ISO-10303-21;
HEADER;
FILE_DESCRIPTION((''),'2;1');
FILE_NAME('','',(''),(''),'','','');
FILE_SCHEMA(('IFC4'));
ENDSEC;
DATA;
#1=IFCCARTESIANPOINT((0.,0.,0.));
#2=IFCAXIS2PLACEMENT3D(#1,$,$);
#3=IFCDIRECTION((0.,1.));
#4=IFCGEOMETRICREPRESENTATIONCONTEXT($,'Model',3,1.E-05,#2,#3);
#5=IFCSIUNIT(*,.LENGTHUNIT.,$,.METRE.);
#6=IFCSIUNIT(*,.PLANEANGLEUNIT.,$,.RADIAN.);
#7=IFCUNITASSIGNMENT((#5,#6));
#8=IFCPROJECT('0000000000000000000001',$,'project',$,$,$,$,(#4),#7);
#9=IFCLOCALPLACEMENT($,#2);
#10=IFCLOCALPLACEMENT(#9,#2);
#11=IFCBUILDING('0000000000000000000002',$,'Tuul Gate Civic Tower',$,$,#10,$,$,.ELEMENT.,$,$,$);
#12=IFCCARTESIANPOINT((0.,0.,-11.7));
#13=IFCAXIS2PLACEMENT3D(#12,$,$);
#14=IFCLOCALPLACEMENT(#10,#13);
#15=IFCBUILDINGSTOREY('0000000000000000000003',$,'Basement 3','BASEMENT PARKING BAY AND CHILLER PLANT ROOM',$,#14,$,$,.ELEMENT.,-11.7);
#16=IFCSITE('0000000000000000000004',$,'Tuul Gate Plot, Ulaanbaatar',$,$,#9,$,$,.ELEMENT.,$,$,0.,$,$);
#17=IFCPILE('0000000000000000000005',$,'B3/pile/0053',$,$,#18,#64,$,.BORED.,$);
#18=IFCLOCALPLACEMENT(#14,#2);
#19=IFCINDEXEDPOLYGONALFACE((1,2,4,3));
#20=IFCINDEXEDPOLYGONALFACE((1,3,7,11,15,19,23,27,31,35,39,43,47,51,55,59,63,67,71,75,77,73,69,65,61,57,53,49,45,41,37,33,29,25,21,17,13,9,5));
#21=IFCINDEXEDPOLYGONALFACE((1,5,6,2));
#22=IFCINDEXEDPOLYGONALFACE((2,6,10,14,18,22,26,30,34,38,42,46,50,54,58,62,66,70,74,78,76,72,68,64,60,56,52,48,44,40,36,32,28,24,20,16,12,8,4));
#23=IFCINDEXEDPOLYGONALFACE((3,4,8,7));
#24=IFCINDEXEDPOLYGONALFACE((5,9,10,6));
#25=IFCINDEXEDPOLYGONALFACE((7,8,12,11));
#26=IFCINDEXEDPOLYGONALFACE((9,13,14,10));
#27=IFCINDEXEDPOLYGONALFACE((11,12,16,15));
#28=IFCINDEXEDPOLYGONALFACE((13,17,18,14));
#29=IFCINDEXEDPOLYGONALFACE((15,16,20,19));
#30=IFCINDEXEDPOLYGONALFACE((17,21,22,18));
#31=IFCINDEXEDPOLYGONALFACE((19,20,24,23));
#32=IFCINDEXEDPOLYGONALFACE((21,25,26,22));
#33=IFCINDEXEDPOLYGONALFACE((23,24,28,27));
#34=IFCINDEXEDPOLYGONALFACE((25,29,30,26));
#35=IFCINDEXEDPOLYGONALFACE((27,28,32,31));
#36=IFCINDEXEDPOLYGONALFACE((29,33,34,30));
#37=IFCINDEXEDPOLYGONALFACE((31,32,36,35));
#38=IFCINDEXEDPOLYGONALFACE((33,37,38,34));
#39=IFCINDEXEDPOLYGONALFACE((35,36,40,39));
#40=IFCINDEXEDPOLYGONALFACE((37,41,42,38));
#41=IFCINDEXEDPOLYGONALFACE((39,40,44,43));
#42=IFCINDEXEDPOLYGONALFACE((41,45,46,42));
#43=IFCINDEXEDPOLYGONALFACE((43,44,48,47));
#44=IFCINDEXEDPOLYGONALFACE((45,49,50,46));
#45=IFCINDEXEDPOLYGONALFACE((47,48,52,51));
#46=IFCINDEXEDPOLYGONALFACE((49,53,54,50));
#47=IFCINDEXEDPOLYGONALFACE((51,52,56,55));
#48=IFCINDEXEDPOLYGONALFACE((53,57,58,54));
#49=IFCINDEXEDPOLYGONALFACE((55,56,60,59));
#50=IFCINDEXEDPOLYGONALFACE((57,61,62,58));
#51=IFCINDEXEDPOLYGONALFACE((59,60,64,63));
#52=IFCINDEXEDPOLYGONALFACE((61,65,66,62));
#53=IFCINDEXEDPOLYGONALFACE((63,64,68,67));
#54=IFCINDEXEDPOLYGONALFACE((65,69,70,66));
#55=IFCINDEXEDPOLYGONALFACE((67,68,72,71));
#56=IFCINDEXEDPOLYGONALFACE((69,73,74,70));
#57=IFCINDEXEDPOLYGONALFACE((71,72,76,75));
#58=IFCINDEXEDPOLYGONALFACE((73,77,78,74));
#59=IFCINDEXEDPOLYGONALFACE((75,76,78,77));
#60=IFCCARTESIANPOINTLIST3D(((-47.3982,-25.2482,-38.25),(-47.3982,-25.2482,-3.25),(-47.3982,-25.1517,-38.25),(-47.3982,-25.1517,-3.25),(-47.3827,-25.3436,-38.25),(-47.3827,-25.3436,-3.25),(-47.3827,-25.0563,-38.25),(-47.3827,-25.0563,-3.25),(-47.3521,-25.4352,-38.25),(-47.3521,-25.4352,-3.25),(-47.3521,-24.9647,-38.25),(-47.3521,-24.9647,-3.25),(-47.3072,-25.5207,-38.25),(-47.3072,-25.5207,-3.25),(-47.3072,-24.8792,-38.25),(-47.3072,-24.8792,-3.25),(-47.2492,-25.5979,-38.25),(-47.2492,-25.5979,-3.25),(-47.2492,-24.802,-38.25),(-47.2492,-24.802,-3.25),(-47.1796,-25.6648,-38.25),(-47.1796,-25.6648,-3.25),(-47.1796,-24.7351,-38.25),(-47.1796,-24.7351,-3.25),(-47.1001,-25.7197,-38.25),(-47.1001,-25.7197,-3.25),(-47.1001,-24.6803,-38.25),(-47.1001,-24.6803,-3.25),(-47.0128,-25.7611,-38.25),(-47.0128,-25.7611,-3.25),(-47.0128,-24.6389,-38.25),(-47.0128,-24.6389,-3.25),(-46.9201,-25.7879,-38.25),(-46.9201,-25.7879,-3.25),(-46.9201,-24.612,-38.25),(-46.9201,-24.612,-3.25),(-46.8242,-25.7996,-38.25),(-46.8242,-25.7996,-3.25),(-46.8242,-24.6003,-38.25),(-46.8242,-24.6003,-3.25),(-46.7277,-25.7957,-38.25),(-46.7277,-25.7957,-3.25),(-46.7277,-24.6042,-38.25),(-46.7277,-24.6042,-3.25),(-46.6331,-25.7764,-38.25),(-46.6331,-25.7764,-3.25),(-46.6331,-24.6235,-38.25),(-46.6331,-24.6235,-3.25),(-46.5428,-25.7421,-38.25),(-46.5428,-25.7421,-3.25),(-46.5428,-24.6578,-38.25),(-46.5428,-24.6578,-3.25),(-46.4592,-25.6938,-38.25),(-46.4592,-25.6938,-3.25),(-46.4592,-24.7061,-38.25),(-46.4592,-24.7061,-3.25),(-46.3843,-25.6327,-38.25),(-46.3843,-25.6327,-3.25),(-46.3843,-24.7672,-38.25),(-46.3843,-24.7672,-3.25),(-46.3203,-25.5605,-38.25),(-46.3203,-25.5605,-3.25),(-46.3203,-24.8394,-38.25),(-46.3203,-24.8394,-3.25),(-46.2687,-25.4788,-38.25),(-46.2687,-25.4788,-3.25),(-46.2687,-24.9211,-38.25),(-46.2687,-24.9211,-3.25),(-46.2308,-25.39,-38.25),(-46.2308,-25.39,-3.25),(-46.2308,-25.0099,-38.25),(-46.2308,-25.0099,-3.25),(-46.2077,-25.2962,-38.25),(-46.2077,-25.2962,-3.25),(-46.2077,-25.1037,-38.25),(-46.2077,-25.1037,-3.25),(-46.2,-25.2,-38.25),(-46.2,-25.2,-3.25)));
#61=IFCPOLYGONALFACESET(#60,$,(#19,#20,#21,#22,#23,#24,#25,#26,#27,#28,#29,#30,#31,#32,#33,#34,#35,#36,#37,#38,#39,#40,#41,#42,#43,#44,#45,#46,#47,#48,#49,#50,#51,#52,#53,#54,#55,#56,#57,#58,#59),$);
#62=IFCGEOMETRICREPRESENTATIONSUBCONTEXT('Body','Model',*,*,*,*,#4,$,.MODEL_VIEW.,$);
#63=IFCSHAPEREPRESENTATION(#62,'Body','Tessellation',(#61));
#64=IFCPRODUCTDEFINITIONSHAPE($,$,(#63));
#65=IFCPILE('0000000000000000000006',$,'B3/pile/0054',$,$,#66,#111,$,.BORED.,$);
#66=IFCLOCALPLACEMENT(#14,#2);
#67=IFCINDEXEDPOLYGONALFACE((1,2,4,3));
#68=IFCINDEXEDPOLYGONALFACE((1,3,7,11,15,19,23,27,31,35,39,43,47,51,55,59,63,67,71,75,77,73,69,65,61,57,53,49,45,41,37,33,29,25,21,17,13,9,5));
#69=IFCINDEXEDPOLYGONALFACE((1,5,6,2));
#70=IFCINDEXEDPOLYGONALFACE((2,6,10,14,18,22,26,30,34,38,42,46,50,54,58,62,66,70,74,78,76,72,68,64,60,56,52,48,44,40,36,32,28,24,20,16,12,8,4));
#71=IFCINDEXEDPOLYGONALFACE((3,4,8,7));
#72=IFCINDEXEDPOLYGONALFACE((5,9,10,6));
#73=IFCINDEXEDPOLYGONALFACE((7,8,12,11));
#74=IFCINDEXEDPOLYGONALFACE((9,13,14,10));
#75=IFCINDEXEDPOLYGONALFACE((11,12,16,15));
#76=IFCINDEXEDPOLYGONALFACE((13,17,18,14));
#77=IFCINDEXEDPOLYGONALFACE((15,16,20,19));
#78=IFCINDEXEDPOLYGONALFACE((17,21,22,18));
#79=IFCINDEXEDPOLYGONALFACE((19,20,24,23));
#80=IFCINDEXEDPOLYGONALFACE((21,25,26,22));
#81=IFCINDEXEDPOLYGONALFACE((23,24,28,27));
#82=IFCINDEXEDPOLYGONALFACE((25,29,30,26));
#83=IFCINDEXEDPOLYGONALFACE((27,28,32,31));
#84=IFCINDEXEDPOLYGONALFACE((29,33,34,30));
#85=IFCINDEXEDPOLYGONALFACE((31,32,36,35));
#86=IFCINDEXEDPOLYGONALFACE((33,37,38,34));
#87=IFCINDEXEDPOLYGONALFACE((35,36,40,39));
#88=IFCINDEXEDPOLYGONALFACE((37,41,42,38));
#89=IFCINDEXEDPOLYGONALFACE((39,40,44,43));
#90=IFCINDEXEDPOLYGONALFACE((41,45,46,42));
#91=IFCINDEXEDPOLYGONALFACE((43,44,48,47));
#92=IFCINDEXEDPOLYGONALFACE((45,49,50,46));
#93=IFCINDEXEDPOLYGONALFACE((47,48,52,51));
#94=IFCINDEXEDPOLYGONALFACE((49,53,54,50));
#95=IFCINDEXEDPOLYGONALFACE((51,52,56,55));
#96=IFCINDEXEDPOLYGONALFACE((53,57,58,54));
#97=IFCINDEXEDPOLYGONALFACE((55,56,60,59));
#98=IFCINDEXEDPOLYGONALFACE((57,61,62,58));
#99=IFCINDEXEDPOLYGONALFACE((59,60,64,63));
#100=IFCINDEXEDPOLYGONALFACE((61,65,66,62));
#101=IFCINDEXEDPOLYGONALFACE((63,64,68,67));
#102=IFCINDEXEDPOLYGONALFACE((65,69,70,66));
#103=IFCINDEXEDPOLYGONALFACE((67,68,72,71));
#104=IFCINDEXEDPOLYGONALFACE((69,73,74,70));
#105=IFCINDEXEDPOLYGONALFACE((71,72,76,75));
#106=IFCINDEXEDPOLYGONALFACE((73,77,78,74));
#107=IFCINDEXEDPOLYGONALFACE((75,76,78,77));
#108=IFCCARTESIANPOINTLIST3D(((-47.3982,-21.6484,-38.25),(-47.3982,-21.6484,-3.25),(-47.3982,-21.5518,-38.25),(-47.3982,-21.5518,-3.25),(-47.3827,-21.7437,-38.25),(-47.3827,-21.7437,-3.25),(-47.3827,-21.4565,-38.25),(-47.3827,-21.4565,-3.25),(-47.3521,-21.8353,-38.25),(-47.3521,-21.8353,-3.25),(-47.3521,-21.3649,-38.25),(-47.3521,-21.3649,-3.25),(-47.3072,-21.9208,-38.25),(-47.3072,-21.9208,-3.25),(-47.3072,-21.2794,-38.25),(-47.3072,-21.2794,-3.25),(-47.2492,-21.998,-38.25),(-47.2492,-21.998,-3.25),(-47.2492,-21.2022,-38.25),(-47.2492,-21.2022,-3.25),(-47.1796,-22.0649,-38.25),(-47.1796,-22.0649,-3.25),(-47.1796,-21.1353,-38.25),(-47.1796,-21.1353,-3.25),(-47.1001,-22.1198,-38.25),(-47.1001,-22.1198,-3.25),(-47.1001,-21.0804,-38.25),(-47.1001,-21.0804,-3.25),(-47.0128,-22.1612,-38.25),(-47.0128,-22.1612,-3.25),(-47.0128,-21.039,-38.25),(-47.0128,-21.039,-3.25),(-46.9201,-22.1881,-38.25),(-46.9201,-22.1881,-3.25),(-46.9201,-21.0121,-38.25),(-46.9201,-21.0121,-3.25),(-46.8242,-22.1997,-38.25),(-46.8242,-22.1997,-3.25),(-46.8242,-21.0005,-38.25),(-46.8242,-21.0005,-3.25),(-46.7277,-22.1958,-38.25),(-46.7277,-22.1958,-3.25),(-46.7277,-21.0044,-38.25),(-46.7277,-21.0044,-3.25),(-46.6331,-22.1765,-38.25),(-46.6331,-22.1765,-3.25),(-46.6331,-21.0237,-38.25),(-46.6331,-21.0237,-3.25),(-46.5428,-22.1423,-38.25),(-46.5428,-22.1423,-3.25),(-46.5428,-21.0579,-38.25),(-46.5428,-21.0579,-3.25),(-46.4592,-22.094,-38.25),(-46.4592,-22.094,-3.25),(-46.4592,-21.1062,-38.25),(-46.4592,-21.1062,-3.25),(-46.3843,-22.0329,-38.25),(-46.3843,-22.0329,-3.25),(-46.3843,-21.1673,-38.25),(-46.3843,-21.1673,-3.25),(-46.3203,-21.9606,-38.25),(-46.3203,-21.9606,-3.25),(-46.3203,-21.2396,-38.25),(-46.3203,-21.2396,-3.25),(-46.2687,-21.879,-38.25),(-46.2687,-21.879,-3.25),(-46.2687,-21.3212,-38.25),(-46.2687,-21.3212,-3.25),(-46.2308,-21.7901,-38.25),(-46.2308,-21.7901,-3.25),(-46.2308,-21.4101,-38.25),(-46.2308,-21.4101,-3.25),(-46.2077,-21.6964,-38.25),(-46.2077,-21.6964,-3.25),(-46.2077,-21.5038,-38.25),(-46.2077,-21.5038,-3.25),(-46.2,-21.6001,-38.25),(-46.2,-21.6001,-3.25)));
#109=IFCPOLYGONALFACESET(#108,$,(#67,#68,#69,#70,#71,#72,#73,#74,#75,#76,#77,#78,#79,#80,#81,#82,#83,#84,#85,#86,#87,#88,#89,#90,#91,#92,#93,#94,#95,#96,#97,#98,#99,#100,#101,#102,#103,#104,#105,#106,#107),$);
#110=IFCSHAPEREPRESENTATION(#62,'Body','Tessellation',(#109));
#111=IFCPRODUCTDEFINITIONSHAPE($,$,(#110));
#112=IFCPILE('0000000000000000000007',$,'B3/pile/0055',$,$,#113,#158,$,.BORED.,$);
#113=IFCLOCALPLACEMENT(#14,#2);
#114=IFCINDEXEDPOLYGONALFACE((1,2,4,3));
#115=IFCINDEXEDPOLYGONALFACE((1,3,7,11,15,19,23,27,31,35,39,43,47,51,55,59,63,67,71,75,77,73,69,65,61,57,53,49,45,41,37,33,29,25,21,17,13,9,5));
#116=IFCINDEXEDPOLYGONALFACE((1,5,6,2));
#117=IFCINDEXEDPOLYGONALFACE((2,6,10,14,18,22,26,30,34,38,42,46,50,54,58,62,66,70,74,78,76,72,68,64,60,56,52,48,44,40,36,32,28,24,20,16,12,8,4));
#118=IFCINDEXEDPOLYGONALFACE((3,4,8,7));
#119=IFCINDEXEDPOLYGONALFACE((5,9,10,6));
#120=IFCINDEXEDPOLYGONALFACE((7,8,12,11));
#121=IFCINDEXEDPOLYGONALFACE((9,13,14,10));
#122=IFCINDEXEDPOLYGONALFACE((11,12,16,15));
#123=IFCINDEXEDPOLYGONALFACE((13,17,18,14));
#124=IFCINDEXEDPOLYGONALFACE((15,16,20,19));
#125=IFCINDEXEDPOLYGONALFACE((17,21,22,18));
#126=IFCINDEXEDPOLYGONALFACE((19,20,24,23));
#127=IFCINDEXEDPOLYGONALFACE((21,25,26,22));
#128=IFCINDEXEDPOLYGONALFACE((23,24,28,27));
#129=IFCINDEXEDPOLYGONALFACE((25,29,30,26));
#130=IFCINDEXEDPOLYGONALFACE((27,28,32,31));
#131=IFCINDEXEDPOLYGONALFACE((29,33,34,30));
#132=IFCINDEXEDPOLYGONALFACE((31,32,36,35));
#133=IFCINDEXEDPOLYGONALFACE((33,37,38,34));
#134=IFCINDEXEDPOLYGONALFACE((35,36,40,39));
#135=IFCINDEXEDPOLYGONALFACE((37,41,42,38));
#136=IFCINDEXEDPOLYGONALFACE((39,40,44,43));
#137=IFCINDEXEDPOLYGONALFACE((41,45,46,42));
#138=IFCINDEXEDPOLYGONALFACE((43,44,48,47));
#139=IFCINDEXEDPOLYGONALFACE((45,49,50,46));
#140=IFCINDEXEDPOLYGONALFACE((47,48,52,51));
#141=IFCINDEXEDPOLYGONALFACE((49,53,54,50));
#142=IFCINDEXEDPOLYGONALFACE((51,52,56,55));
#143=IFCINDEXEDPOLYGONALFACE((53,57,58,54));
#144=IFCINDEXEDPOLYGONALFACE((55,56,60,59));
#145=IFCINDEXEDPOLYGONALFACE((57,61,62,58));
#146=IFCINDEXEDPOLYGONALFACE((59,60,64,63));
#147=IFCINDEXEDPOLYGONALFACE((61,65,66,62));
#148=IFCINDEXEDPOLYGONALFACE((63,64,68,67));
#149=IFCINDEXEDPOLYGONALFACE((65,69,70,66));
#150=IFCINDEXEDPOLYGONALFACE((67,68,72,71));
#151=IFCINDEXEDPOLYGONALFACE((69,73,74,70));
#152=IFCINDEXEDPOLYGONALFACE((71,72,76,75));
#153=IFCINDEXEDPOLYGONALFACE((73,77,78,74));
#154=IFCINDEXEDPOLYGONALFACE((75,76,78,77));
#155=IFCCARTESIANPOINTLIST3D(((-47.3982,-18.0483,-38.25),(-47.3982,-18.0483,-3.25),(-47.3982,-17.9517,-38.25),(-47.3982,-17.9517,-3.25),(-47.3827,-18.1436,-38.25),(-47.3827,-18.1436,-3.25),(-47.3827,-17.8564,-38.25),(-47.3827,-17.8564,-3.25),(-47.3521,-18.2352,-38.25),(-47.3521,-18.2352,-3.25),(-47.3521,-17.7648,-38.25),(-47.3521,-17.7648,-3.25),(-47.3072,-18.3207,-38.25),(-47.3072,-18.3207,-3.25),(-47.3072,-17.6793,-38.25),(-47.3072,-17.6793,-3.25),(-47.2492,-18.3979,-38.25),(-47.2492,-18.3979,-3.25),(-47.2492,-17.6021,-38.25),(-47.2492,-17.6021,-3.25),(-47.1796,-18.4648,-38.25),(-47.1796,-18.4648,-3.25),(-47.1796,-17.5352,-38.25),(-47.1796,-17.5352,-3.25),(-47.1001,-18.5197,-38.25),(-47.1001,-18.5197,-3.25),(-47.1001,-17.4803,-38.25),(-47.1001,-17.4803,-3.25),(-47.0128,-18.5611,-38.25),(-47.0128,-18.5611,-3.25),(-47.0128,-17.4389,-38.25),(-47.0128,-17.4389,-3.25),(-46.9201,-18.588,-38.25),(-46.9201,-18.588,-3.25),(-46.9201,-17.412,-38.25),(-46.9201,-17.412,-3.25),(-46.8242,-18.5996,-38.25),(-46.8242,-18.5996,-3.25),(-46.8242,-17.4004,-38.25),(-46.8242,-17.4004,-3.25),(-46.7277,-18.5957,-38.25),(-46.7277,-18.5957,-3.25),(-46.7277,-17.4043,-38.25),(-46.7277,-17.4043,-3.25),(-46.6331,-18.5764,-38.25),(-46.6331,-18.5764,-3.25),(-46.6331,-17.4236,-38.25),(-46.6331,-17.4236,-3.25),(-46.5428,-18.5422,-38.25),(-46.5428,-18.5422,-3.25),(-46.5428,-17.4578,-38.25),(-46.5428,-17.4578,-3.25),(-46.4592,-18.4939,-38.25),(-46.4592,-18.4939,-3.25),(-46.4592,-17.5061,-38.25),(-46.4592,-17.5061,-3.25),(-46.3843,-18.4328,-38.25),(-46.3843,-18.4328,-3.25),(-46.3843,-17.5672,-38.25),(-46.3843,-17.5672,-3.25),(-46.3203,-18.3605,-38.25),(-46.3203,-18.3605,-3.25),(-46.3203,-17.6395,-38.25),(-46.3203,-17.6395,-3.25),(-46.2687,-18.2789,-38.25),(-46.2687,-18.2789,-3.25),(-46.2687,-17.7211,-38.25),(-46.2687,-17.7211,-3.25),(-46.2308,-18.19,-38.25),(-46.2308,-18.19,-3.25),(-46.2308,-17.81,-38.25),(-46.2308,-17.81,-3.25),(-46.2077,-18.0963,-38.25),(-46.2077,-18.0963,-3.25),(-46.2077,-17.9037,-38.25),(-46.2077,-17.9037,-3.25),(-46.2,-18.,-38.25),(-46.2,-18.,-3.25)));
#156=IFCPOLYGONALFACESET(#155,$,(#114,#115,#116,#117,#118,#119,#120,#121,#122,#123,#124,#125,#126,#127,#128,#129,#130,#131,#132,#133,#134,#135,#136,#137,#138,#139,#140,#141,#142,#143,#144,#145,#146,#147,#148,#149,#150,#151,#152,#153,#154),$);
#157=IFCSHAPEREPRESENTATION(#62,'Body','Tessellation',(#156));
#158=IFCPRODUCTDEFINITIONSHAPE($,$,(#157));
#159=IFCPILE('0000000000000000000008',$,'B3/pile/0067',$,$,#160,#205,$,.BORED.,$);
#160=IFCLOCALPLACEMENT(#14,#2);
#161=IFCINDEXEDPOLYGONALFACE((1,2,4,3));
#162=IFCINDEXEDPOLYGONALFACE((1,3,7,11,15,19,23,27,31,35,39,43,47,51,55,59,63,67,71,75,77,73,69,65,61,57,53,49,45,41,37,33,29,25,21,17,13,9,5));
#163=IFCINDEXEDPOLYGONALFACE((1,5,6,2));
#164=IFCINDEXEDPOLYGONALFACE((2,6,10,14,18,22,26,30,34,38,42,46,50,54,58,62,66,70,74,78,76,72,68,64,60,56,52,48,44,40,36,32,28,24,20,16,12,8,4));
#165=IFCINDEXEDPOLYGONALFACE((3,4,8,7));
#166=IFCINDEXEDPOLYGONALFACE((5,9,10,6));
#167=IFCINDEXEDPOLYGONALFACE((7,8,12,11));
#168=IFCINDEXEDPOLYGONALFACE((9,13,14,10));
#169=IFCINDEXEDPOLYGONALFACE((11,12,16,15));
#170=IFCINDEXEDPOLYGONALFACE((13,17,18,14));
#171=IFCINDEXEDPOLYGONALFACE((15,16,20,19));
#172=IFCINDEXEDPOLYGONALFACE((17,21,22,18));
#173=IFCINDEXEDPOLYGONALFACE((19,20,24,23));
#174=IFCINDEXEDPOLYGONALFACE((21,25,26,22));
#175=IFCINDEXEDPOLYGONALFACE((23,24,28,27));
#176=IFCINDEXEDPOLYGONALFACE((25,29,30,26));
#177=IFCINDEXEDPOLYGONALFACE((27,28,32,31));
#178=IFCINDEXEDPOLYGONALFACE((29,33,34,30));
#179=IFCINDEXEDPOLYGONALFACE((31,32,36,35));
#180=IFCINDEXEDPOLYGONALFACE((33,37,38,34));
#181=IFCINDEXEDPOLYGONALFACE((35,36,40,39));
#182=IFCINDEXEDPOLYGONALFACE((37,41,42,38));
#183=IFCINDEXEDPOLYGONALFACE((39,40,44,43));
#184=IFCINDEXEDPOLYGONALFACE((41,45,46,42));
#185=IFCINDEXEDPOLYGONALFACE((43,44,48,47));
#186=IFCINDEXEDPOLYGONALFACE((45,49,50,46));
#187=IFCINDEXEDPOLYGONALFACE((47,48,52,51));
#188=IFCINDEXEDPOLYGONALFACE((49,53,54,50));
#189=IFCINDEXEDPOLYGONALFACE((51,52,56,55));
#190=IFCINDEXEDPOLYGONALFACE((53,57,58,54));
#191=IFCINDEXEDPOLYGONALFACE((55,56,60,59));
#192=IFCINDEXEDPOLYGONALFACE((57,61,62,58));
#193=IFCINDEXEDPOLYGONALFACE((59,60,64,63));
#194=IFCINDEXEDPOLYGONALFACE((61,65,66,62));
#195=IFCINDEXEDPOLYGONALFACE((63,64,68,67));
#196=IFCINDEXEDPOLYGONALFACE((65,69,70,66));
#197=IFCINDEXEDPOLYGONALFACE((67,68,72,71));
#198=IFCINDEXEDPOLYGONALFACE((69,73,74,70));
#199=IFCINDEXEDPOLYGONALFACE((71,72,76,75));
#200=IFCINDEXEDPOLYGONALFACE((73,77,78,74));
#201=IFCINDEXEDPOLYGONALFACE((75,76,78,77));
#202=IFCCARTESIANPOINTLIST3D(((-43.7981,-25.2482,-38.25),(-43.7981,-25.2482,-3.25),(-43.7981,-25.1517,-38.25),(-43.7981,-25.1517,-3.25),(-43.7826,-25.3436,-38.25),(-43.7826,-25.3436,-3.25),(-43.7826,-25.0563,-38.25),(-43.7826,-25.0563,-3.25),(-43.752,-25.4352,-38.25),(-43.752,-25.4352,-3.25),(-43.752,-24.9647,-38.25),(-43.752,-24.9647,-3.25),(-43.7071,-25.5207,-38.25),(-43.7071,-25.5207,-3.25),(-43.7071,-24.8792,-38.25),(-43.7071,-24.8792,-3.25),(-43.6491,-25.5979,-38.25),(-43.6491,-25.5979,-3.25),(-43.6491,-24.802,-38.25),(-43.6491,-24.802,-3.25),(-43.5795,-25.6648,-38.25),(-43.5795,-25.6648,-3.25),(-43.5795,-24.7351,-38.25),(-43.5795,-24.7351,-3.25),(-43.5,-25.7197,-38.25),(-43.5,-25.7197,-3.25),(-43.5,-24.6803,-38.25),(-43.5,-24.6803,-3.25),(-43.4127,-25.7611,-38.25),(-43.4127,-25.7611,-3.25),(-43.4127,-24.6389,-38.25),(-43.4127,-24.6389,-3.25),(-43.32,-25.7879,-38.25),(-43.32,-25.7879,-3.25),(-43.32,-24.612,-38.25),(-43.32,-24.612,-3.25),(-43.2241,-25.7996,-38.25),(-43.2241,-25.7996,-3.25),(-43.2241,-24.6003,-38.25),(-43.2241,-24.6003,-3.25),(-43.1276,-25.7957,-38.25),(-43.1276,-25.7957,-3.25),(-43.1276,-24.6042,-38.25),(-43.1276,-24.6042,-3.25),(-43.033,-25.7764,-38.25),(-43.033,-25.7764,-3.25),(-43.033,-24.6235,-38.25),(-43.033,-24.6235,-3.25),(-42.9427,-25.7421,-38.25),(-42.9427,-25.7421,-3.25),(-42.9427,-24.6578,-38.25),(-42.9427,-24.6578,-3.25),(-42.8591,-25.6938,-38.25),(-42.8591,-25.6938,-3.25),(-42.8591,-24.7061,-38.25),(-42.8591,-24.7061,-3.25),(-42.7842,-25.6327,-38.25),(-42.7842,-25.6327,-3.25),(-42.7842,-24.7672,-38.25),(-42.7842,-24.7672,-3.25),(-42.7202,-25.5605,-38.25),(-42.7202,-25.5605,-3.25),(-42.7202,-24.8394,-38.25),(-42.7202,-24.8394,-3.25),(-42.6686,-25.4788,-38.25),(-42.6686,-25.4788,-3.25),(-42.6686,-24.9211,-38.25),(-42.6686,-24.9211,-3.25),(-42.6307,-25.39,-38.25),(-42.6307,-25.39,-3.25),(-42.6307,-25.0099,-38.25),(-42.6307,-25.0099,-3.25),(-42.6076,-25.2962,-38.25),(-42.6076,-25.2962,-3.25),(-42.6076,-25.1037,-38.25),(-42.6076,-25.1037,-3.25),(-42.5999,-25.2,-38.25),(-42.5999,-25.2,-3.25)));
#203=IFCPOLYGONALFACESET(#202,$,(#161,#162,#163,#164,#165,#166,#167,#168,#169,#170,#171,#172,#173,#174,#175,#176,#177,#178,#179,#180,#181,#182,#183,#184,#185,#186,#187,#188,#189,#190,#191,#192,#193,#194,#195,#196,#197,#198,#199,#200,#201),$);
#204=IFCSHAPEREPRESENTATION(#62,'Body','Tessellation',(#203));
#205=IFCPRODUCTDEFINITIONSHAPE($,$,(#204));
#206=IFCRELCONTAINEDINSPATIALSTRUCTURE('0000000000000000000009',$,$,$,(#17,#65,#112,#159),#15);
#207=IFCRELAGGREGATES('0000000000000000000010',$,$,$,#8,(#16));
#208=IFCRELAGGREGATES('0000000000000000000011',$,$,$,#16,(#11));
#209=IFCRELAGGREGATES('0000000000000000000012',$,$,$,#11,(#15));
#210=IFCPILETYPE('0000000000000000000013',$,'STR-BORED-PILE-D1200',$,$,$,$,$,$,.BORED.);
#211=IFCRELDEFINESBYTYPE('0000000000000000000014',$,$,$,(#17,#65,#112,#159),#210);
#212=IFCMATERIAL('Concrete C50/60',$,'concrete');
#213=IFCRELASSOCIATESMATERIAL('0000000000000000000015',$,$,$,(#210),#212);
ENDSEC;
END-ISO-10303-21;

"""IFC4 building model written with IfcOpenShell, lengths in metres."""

from ifc_helpers import new_model, si_unit, direction, frame, origin, origin_2d, place, context, subcontext, project, spatial, circle, extrude, material, material_profile, profile_set, type_object, element, save


model = new_model("IFC4")

# Units and contexts
model_context = context("Model", 3, precision=1e-05, world=origin(), true_north=direction((0.0, 1.0)))
body_context = subcontext(model_context, "Body", "Model", "MODEL_VIEW")
ifc_project = project(units=[si_unit("LENGTHUNIT", "METRE"), si_unit("PLANEANGLEUNIT", "RADIAN")], contexts=[model_context])

# Site, building, storey
site_placement = place(None, origin())
site = spatial("IfcSite", under=ifc_project, at=site_placement, Name="Tuul Gate Plot, Ulaanbaatar", CompositionType="ELEMENT", RefElevation=0.0)
building_placement = place(site_placement, origin())
building = spatial("IfcBuilding", under=site, at=building_placement, Name="Tuul Gate Civic Tower", CompositionType="ELEMENT")
storey_placement = place(building_placement, frame((0.0, 0.0, -11.7)))
storey = spatial("IfcBuildingStorey", under=building, at=storey_placement, Name="Basement 3", Description="BASEMENT PARKING BAY AND CHILLER PLANT ROOM", CompositionType="ELEMENT", Elevation=-11.7)

# Piles
ifc_material_1 = material(Name="Concrete C50/60", Category="concrete")
ifc_material_profile_1 = material_profile(ifc_material_1, circle(Radius=0.6001, at=origin_2d()), Name="PILE1200")
ifc_profile_set_1 = profile_set([ifc_material_profile_1], Name="Concrete C50/60")
pile_type = type_object("IfcPileType", Name="STR-BORED-PILE-D1200", PredefinedType="BORED", material=ifc_profile_set_1)
for number, where, z_axis, x_axis, name in (
    (1, (-46.8, -25.2, -3.25), (0.0, 0.0, -1.0), (1.0, 0.0, 0.0), "B3/pile/0053"),
    (2, (-46.8, -21.6001, -3.25), (0.0, 0.0, -1.0), (1.0, 0.0, 0.0), "B3/pile/0054"),
    (3, (-46.8, -18.0, -3.25), (0.0, 0.0, -1.0), (1.0, 0.0, 0.0), "B3/pile/0055"),
    (4, (-43.2, -25.2, -3.25), (0.0, 0.0, -1.0), (1.0, 0.0, 0.0), "B3/pile/0067"),
):
    element("IfcPile", number, at=place(storey_placement, frame(where, z_axis=z_axis, x_axis=x_axis)), inside=storey, type_object=pile_type, Name=name, PredefinedType="BORED", context=body_context, shape_type="SweptSolid", body=[
        extrude(circle(Radius=0.6001, at=origin_2d()), origin(), (0.0, 0.0, 1.0), 35.0),
    ])

save(model, "model.ifc")
